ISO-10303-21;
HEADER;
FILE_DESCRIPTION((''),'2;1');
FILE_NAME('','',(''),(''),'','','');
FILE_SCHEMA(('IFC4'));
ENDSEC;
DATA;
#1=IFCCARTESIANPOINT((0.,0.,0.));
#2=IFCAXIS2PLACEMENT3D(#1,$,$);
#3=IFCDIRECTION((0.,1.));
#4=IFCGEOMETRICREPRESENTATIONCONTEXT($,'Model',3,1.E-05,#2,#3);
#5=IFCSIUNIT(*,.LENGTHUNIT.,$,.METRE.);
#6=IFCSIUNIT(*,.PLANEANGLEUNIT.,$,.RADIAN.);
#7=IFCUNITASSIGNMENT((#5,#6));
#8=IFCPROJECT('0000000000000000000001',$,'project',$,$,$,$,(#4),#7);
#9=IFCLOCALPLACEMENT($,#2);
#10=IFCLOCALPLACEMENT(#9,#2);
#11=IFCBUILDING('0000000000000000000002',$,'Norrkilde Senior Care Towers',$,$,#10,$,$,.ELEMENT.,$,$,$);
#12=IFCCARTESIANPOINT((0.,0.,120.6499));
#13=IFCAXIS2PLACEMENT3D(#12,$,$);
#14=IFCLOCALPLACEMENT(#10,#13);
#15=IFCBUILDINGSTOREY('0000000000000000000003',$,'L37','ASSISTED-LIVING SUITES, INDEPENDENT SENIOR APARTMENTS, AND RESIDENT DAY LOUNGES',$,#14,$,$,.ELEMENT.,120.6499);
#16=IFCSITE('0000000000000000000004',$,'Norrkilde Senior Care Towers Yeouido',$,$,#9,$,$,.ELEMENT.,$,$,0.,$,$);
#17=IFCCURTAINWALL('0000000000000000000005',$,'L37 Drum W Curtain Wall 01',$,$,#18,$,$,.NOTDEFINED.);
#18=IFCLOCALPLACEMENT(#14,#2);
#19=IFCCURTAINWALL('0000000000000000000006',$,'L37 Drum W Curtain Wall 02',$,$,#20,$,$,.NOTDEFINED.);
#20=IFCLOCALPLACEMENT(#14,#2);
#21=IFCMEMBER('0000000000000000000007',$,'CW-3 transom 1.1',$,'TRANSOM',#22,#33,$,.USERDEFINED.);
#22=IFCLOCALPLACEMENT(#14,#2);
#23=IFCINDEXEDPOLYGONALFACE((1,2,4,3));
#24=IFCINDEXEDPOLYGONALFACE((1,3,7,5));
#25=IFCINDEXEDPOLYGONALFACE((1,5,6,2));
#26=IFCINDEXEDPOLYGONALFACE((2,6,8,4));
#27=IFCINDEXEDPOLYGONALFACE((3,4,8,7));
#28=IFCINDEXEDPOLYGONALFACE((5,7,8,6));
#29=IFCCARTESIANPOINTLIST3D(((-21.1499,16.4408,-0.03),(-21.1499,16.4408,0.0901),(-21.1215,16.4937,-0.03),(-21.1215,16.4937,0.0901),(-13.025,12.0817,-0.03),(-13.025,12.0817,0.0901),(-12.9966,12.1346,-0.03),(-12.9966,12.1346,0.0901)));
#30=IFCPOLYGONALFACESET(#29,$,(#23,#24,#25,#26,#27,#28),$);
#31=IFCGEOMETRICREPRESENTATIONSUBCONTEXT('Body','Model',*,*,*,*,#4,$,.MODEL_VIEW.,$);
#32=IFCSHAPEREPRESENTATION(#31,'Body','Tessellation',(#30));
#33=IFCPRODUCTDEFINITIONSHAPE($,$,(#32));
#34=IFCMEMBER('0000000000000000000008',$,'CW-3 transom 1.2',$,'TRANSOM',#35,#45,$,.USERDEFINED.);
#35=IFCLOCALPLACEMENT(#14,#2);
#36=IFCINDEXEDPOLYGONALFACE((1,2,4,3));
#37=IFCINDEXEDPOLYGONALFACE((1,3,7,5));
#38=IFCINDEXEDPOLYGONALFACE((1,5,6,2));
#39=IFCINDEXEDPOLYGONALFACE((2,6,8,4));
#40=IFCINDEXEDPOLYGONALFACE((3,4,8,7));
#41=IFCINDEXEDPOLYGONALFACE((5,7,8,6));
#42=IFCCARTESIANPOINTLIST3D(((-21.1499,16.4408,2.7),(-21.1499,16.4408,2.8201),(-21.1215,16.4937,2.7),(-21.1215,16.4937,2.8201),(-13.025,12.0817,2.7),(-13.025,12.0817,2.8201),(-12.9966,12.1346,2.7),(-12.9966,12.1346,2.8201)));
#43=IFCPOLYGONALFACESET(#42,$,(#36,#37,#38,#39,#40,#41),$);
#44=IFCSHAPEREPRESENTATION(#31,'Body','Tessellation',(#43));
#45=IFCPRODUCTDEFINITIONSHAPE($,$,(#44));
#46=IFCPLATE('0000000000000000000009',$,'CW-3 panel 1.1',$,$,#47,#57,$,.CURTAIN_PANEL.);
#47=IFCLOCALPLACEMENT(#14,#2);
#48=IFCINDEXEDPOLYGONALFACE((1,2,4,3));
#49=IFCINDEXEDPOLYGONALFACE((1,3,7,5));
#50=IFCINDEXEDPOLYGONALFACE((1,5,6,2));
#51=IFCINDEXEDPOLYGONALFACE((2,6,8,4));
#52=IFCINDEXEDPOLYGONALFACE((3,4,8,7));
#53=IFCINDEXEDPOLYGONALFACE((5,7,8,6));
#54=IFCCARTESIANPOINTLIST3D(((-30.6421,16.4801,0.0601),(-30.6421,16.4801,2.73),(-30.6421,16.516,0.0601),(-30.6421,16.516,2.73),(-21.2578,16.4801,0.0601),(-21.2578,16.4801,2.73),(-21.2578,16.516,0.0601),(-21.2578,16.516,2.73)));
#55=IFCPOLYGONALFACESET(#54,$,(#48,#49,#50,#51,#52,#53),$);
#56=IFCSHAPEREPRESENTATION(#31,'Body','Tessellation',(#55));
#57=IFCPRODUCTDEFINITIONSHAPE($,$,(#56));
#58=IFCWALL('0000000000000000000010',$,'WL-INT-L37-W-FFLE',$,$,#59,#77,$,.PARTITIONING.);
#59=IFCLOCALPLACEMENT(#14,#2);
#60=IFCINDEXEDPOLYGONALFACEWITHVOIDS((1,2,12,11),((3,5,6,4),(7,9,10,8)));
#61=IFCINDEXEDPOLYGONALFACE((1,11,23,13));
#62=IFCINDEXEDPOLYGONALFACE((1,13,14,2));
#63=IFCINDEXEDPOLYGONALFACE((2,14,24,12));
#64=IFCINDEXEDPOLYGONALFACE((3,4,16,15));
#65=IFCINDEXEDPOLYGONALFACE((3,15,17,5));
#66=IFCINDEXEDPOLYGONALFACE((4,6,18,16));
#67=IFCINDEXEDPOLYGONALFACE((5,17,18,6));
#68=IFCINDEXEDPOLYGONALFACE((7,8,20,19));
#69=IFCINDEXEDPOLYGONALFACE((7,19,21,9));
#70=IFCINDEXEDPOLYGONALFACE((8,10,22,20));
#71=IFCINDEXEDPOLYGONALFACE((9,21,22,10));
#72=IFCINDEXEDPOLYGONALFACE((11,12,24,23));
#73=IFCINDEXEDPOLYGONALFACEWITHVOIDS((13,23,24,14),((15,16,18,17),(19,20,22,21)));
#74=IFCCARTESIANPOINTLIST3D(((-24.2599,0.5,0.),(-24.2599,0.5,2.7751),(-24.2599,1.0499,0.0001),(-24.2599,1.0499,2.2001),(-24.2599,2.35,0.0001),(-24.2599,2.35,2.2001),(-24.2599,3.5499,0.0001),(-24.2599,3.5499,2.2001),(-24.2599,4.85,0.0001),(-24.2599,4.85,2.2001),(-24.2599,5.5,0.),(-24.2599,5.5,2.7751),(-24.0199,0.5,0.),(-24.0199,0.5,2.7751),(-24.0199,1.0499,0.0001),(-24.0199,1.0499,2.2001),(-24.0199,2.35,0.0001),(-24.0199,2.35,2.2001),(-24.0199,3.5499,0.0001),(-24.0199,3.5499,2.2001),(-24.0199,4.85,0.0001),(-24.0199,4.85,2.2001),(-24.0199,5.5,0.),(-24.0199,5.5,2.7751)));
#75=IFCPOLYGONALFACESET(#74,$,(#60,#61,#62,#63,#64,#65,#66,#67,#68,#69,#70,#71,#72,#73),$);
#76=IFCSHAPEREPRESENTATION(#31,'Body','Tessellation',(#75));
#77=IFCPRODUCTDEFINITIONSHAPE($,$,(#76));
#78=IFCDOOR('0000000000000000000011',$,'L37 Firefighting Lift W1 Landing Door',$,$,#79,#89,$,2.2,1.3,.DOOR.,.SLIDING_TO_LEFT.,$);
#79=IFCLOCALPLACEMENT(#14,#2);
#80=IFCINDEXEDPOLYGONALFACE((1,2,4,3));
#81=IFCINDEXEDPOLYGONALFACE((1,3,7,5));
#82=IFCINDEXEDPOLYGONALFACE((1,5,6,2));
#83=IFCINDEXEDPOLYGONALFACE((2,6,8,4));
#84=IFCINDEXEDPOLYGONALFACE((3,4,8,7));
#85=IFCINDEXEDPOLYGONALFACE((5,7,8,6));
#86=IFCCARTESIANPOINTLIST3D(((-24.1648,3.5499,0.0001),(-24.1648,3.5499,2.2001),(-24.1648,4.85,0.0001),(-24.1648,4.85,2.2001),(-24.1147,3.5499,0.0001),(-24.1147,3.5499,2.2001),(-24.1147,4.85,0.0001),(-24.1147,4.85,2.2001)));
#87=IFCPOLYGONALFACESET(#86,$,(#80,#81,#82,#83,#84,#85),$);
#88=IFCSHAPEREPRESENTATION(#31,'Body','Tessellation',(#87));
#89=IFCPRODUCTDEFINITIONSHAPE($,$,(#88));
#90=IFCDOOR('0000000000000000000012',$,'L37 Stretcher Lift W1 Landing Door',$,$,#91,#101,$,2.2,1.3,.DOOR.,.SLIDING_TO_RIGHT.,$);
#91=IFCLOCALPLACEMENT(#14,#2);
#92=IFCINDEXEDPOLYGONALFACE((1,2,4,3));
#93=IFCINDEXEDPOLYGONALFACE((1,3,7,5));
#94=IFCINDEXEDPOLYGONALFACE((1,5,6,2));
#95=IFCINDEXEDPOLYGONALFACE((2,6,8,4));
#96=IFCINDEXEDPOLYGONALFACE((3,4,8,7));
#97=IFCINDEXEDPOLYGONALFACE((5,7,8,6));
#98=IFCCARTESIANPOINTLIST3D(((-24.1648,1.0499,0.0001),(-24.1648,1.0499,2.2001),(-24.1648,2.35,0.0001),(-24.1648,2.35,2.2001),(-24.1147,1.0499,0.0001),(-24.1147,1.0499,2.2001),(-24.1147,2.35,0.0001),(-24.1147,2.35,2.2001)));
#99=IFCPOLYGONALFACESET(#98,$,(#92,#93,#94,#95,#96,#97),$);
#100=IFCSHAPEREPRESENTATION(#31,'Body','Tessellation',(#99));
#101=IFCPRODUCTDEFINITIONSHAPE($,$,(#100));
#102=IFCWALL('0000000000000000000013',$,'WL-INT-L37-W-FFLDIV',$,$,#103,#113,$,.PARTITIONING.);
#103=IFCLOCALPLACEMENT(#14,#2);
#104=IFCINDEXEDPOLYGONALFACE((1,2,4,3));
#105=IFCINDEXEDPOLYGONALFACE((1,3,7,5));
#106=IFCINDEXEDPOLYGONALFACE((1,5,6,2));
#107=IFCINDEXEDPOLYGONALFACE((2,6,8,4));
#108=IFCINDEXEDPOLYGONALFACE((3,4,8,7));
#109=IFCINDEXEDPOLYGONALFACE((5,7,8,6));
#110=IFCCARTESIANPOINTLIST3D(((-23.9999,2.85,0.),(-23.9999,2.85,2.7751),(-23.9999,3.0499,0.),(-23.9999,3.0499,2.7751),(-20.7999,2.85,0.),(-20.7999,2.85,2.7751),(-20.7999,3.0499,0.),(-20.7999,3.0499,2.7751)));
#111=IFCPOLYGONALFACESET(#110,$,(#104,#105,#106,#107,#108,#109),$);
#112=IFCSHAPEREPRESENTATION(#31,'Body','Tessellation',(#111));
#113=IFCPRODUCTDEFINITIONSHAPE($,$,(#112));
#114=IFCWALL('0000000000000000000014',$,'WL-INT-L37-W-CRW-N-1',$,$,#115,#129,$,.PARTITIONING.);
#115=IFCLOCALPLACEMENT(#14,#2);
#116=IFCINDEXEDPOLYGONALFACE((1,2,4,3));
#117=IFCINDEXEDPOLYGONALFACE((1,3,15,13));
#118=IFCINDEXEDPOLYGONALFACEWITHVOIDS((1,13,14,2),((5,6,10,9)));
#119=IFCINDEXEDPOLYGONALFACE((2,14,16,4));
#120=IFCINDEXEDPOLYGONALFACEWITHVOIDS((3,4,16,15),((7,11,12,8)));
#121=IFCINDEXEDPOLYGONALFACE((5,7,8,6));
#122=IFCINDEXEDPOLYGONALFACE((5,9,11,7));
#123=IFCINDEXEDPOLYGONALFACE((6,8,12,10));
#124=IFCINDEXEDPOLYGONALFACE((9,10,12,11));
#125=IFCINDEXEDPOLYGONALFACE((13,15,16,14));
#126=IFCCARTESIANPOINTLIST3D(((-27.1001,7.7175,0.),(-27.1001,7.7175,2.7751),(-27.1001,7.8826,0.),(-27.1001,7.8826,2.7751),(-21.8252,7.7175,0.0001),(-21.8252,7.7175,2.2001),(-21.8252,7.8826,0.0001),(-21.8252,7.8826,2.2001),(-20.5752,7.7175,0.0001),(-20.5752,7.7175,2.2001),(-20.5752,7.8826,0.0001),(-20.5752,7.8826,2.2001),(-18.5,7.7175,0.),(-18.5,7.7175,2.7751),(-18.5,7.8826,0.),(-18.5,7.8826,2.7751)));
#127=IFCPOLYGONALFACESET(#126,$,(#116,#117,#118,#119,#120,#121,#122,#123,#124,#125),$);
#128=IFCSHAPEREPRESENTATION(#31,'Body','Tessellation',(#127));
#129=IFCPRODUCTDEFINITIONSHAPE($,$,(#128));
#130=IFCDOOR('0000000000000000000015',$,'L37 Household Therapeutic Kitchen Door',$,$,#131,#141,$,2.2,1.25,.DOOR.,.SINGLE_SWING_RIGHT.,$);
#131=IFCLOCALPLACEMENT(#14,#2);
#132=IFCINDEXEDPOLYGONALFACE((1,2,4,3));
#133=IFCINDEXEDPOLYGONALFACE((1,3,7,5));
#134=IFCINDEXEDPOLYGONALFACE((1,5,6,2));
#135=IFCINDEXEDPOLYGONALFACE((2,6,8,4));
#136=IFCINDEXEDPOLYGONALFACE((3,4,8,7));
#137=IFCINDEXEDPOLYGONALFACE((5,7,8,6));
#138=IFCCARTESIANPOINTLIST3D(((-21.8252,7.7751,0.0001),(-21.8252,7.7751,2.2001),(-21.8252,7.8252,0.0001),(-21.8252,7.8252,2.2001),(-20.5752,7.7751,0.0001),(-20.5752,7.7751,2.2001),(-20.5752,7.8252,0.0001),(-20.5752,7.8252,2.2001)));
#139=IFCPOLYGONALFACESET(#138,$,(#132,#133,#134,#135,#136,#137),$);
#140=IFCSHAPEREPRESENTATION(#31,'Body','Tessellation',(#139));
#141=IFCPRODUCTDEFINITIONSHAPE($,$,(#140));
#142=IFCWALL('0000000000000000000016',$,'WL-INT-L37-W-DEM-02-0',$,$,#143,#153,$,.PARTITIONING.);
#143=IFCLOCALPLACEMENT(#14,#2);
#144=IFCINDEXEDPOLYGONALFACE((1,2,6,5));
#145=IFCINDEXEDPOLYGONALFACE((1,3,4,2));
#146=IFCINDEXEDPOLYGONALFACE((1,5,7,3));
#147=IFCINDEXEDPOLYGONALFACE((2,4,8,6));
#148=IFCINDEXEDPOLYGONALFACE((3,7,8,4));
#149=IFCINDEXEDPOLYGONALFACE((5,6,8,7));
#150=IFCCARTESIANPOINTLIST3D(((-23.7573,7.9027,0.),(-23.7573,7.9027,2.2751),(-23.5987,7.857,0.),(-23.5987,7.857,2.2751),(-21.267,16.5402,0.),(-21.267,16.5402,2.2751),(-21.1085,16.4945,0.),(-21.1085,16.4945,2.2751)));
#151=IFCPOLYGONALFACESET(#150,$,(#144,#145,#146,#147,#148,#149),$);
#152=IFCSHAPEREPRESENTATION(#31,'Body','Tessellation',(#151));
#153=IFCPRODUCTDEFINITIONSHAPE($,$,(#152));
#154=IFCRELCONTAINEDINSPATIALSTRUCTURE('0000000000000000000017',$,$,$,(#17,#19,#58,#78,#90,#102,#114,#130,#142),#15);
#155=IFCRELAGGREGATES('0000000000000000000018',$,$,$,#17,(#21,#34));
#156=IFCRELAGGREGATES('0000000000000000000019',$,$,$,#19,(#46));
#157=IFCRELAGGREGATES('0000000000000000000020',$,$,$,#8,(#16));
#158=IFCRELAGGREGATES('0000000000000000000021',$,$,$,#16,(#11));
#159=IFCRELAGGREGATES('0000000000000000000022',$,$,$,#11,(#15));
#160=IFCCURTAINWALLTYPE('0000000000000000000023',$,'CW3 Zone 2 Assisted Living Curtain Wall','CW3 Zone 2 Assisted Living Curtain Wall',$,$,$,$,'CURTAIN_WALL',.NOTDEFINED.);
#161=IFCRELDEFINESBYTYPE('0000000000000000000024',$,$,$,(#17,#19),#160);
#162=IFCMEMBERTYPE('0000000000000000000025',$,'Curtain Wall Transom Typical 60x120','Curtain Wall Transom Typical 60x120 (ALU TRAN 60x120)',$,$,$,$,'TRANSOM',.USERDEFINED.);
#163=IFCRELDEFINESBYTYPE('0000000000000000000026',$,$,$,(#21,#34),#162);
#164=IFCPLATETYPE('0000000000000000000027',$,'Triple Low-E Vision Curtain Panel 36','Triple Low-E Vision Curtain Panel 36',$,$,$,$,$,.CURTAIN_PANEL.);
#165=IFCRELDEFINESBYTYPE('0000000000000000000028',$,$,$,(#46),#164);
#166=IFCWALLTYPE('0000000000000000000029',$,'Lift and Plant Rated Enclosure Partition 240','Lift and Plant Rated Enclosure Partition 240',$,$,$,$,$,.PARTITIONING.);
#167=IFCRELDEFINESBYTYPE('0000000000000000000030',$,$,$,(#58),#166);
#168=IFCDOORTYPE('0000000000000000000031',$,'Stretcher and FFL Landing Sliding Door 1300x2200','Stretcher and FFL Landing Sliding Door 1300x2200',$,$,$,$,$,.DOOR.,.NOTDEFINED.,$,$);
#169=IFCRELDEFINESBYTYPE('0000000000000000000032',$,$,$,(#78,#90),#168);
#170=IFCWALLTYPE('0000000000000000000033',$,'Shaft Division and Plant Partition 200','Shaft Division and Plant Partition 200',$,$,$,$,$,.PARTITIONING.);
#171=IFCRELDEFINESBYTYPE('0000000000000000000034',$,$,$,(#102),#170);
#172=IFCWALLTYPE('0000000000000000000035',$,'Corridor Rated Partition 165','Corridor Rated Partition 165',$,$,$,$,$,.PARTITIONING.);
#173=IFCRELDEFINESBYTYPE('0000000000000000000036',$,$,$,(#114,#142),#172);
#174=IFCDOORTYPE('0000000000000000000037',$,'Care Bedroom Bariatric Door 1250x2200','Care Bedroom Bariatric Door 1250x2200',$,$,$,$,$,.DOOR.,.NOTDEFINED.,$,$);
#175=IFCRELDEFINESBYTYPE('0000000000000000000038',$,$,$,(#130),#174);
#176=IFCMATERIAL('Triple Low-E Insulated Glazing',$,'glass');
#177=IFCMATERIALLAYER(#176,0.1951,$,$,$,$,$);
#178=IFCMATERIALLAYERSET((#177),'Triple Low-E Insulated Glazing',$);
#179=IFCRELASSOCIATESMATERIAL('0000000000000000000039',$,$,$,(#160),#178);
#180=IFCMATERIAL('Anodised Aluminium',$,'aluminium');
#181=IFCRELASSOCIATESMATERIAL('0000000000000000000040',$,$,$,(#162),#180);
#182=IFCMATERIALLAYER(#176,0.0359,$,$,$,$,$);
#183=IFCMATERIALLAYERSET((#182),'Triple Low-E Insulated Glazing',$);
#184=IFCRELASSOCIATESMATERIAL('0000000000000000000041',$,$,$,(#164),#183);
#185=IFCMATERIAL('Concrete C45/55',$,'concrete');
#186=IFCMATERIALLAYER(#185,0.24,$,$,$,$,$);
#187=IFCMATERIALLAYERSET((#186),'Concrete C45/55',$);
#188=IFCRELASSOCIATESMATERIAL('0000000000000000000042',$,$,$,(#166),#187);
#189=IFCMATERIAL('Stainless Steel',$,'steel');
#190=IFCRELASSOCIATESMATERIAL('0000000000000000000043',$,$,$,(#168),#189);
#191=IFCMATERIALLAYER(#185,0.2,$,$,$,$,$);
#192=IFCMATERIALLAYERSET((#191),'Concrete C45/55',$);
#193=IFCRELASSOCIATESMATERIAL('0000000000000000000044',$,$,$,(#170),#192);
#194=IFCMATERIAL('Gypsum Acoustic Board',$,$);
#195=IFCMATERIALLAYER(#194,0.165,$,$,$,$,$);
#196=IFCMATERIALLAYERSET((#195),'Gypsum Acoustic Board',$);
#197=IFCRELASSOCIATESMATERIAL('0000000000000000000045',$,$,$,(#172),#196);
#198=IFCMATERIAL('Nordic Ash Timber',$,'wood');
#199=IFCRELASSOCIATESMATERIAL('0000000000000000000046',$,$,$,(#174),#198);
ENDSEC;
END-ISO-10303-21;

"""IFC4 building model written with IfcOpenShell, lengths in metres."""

from ifc_helpers import new_model, si_unit, direction, frame, frame_2d, origin, origin_2d, place, context, subcontext, project, spatial, rectangle, extrude, source, transform, mapped, material, layer, layer_set, material_profile, profile_set, type_object, type_shapes, element, fill, aggregate, save


model = new_model("IFC4")

# Units and contexts
model_context = context("Model", 3, precision=1e-05, world=origin(), true_north=direction((0.0, 1.0)))
body_context = subcontext(model_context, "Body", "Model", "MODEL_VIEW")
ifc_project = project(units=[si_unit("LENGTHUNIT", "METRE"), si_unit("PLANEANGLEUNIT", "RADIAN")], contexts=[model_context])

# Site, building, storey
site_placement = place(None, origin())
site = spatial("IfcSite", under=ifc_project, at=site_placement, Name="Norrkilde Senior Care Towers Yeouido", CompositionType="ELEMENT", RefElevation=0.0)
building_placement = place(site_placement, origin())
building = spatial("IfcBuilding", under=site, at=building_placement, Name="Norrkilde Senior Care Towers", CompositionType="ELEMENT")
storey_placement = place(building_placement, frame((0.0, 0.0, 120.6499)))
storey = spatial("IfcBuildingStorey", under=building, at=storey_placement, Name="L37", Description="ASSISTED-LIVING SUITES, INDEPENDENT SENIOR APARTMENTS, AND RESIDENT DAY LOUNGES", CompositionType="ELEMENT", Elevation=120.6499)

# Curtain walls
ifc_material_1 = material(Name="Triple Low-E Insulated Glazing", Category="glass")
ifc_layer_1 = layer(ifc_material_1, 0.1951)
ifc_layer_set_1 = layer_set([ifc_layer_1], Name="Triple Low-E Insulated Glazing")
curtain_wall_type = type_object("IfcCurtainWallType", Name="CW3 Zone 2 Assisted Living Curtain Wall", Description="CW3 Zone 2 Assisted Living Curtain Wall", ElementType="CURTAIN_WALL", PredefinedType="NOTDEFINED", material=ifc_layer_set_1)
curtain_wall_1_placement = place(storey_placement, origin())
curtain_wall_1 = element("IfcCurtainWall", 1, at=curtain_wall_1_placement, inside=storey, type_object=curtain_wall_type, Name="L37 Drum W Curtain Wall 01", PredefinedType="NOTDEFINED")
ifc_material_2 = material(Name="Anodised Aluminium", Category="aluminium")
curtain_wall_2_placement = place(storey_placement, origin())
curtain_wall_2 = element("IfcCurtainWall", 2, at=curtain_wall_2_placement, inside=storey, type_object=curtain_wall_type, Name="L37 Drum W Curtain Wall 02", PredefinedType="NOTDEFINED")

# Members
ifc_material_profile_1 = material_profile(ifc_material_2, rectangle(XDim=0.0601, YDim=0.1201, at=origin_2d()), Name="ALU TRAN 60x120")
ifc_profile_set_1 = profile_set([ifc_material_profile_1], Name="Anodised Aluminium")
member_type_1 = type_object("IfcMemberType", Name="Curtain Wall Transom Typical 60x120", Description="Curtain Wall Transom Typical 60x120 (ALU TRAN 60x120)", ElementType="TRANSOM", PredefinedType="USERDEFINED", material=ifc_profile_set_1)
shared_shape_1 = source(origin(), body_context, "Body", "SweptSolid", [
    extrude(rectangle(XDim=0.0601, YDim=0.1201, at=origin_2d()), origin(), (0.0, 0.0, 1.0), 9.2205),
])
type_shapes(member_type_1, [shared_shape_1])
member_1_placement = place(storey_placement, frame((-21.1357, 16.4673, 0.03), z_axis=(0.881189, -0.472765, 0.0), x_axis=(0.472765, 0.881189, 0.0)))
member_1 = element("IfcMember", 3, at=member_1_placement, type_object=member_type_1, Name="CW-3 transom 1.1", ObjectType="TRANSOM", PredefinedType="USERDEFINED", context=body_context, shape_type="MappedRepresentation", body=[
    mapped(shared_shape_1, transform((0.0, 0.0, 0.0), x_axis=(1.0, 0.0, 0.0), y_axis=(0.0, 1.0, 0.0), z_axis=(0.0, 0.0, 1.0), scale=1.0)),
])
member_2_placement = place(storey_placement, frame((-21.1357, 16.4673, 2.76), z_axis=(0.881189, -0.472765, 0.0), x_axis=(0.472765, 0.881189, 0.0)))
member_2 = element("IfcMember", 4, at=member_2_placement, type_object=member_type_1, Name="CW-3 transom 1.2", ObjectType="TRANSOM", PredefinedType="USERDEFINED", context=body_context, shape_type="MappedRepresentation", body=[
    mapped(shared_shape_1, transform((0.0, 0.0, 0.0), x_axis=(1.0, 0.0, 0.0), y_axis=(0.0, 1.0, 0.0), z_axis=(0.0, 0.0, 1.0), scale=1.0)),
])
aggregate(curtain_wall_1, [member_1, member_2])

# Plate
ifc_layer_2 = layer(ifc_material_1, 0.0359)
ifc_layer_set_2 = layer_set([ifc_layer_2], Name="Triple Low-E Insulated Glazing")
plate_type = type_object("IfcPlateType", Name="Triple Low-E Vision Curtain Panel 36", Description="Triple Low-E Vision Curtain Panel 36", PredefinedType="CURTAIN_PANEL", material=ifc_layer_set_2)
shared_shape_2 = source(origin(), body_context, "Body", "SweptSolid", [
    extrude(rectangle(XDim=9.3843, YDim=0.0359, at=origin_2d()), origin(), (0.0, 0.0, 1.0), 2.6699),
])
type_shapes(plate_type, [shared_shape_2])
plate_placement = place(storey_placement, frame((-25.95, 16.498, 0.0601), z_axis=(0.0, 0.0, 1.0), x_axis=(1.0, 0.0, 0.0)))
plate = element("IfcPlate", 5, at=plate_placement, type_object=plate_type, Name="CW-3 panel 1.1", PredefinedType="CURTAIN_PANEL", context=body_context, shape_type="MappedRepresentation", body=[
    mapped(shared_shape_2, transform((0.0, 0.0, 0.0), x_axis=(1.0, 0.0, 0.0), y_axis=(0.0, 1.0, 0.0), z_axis=(0.0, 0.0, 1.0), scale=1.0)),
])
aggregate(curtain_wall_2, [plate])

# Wall, openings, doors
ifc_material_3 = material(Name="Concrete C45/55", Category="concrete")
ifc_layer_3 = layer(ifc_material_3, 0.24)
ifc_layer_set_3 = layer_set([ifc_layer_3], Name="Concrete C45/55")
wall_type_1 = type_object("IfcWallType", Name="Lift and Plant Rated Enclosure Partition 240", Description="Lift and Plant Rated Enclosure Partition 240", PredefinedType="PARTITIONING", material=ifc_layer_set_3)
shared_shape_3 = source(origin(), body_context, "Body", "SweptSolid", [
    extrude(rectangle(XDim=5.0, YDim=0.24, at=frame_2d((2.5, 0.0))), origin(), (0.0, 0.0, 1.0), 2.7751),
])
type_shapes(wall_type_1, [shared_shape_3])
wall_1_placement = place(storey_placement, frame((-24.1399, 0.5, 0.0), z_axis=(0.0, 0.0, 1.0), x_axis=(0.0, 1.0, 0.0)))
wall_1 = element("IfcWall", 6, at=wall_1_placement, inside=storey, type_object=wall_type_1, Name="WL-INT-L37-W-FFLE", PredefinedType="PARTITIONING", context=body_context, shape_type="MappedRepresentation", body=[
    mapped(shared_shape_3, transform((0.0, 0.0, 0.0), x_axis=(1.0, 0.0, 0.0), y_axis=(0.0, 1.0, 0.0), z_axis=(0.0, 0.0, 1.0), scale=1.0)),
])
opening_1_placement = place(wall_1_placement, frame((3.05, 0.0, 0.0)))
opening_1 = element("IfcOpeningElement", 7, at=opening_1_placement, cuts=wall_1, PredefinedType="OPENING", context=body_context, shape_type="SweptSolid", body=[
    extrude(rectangle(XDim=1.3, YDim=2.2, at=frame_2d((0.6499, 1.1001))), frame((0.0, 0.1299, 0.0), z_axis=(0.0, -1.0, 0.0), x_axis=(1.0, 0.0, 0.0)), (0.0, 0.0, 1.0), 0.26),
])
opening_2_placement = place(wall_1_placement, frame((0.55, 0.0, 0.0)))
opening_2 = element("IfcOpeningElement", 8, at=opening_2_placement, cuts=wall_1, PredefinedType="OPENING", context=body_context, shape_type="SweptSolid", body=[
    extrude(rectangle(XDim=1.3, YDim=2.2, at=frame_2d((0.6499, 1.1001))), frame((0.0, 0.1299, 0.0), z_axis=(0.0, -1.0, 0.0), x_axis=(1.0, 0.0, 0.0)), (0.0, 0.0, 1.0), 0.26),
])
ifc_material_4 = material(Name="Stainless Steel", Category="steel")
door_type_1 = type_object("IfcDoorType", Name="Stretcher and FFL Landing Sliding Door 1300x2200", Description="Stretcher and FFL Landing Sliding Door 1300x2200", OperationType="NOTDEFINED", PredefinedType="DOOR", material=ifc_material_4)
shared_shape_4 = source(origin(), body_context, "Body", "SweptSolid", [
    extrude(rectangle(XDim=1.3, YDim=2.2, at=frame_2d((0.6499, 1.1001))), frame((0.0, 0.0249, 0.0), z_axis=(0.0, -1.0, 0.0), x_axis=(1.0, 0.0, 0.0)), (0.0, 0.0, 1.0), 0.05),
])
type_shapes(door_type_1, [shared_shape_4])
door_1_placement = place(opening_1_placement, origin())
door_1 = element("IfcDoor", 9, at=door_1_placement, inside=storey, type_object=door_type_1, Name="L37 Firefighting Lift W1 Landing Door", OperationType="SLIDING_TO_LEFT", OverallHeight=2.2, OverallWidth=1.3, PredefinedType="DOOR", context=body_context, shape_type="MappedRepresentation", body=[
    mapped(shared_shape_4, transform((0.0, 0.0, 0.0), x_axis=(1.0, 0.0, 0.0), y_axis=(0.0, 1.0, 0.0), z_axis=(0.0, 0.0, 1.0), scale=1.0)),
])
fill(opening_1, door_1)
door_2_placement = place(opening_2_placement, origin())
door_2 = element("IfcDoor", 10, at=door_2_placement, inside=storey, type_object=door_type_1, Name="L37 Stretcher Lift W1 Landing Door", OperationType="SLIDING_TO_RIGHT", OverallHeight=2.2, OverallWidth=1.3, PredefinedType="DOOR", context=body_context, shape_type="MappedRepresentation", body=[
    mapped(shared_shape_4, transform((0.0, 0.0, 0.0), x_axis=(1.0, 0.0, 0.0), y_axis=(0.0, 1.0, 0.0), z_axis=(0.0, 0.0, 1.0), scale=1.0)),
])
fill(opening_2, door_2)

# Wall
ifc_layer_4 = layer(ifc_material_3, 0.2)
ifc_layer_set_4 = layer_set([ifc_layer_4], Name="Concrete C45/55")
wall_type_2 = type_object("IfcWallType", Name="Shaft Division and Plant Partition 200", Description="Shaft Division and Plant Partition 200", PredefinedType="PARTITIONING", material=ifc_layer_set_4)
shared_shape_5 = source(origin(), body_context, "Body", "SweptSolid", [
    extrude(rectangle(XDim=3.2, YDim=0.2, at=frame_2d((1.6001, 0.0))), origin(), (0.0, 0.0, 1.0), 2.7751),
])
type_shapes(wall_type_2, [shared_shape_5])
wall_2_placement = place(storey_placement, frame((-24.0, 2.95, 0.0), z_axis=(0.0, 0.0, 1.0), x_axis=(1.0, 0.0, 0.0)))
element("IfcWall", 11, at=wall_2_placement, inside=storey, type_object=wall_type_2, Name="WL-INT-L37-W-FFLDIV", PredefinedType="PARTITIONING", context=body_context, shape_type="MappedRepresentation", body=[
    mapped(shared_shape_5, transform((0.0, 0.0, 0.0), x_axis=(1.0, 0.0, 0.0), y_axis=(0.0, 1.0, 0.0), z_axis=(0.0, 0.0, 1.0), scale=1.0)),
])

# Wall, opening, door
ifc_material_5 = material(Name="Gypsum Acoustic Board")
ifc_layer_5 = layer(ifc_material_5, 0.165)
ifc_layer_set_5 = layer_set([ifc_layer_5], Name="Gypsum Acoustic Board")
wall_type_3 = type_object("IfcWallType", Name="Corridor Rated Partition 165", Description="Corridor Rated Partition 165", PredefinedType="PARTITIONING", material=ifc_layer_set_5)
shared_shape_6 = source(origin(), body_context, "Body", "SweptSolid", [
    extrude(rectangle(XDim=8.6001, YDim=0.165, at=frame_2d((4.3, 0.0))), origin(), (0.0, 0.0, 1.0), 2.7751),
])
wall_3_placement = place(storey_placement, frame((-27.1001, 7.8, 0.0), z_axis=(0.0, 0.0, 1.0), x_axis=(1.0, 0.0, 0.0)))
wall_3 = element("IfcWall", 12, at=wall_3_placement, inside=storey, type_object=wall_type_3, Name="WL-INT-L37-W-CRW-N-1", PredefinedType="PARTITIONING", context=body_context, shape_type="MappedRepresentation", body=[
    mapped(shared_shape_6, transform((0.0, 0.0, 0.0), x_axis=(1.0, 0.0, 0.0), y_axis=(0.0, 1.0, 0.0), z_axis=(0.0, 0.0, 1.0), scale=1.0)),
])
opening_3_placement = place(wall_3_placement, frame((5.2749, 0.0, 0.0)))
opening_3 = element("IfcOpeningElement", 13, at=opening_3_placement, cuts=wall_3, PredefinedType="OPENING", context=body_context, shape_type="SweptSolid", body=[
    extrude(rectangle(XDim=1.25, YDim=2.2, at=frame_2d((0.625, 1.1001))), frame((0.0, 0.0925, 0.0), z_axis=(0.0, -1.0, 0.0), x_axis=(1.0, 0.0, 0.0)), (0.0, 0.0, 1.0), 0.1851),
])
ifc_material_6 = material(Name="Nordic Ash Timber", Category="wood")
door_type_2 = type_object("IfcDoorType", Name="Care Bedroom Bariatric Door 1250x2200", Description="Care Bedroom Bariatric Door 1250x2200", OperationType="NOTDEFINED", PredefinedType="DOOR", material=ifc_material_6)
shared_shape_7 = source(origin(), body_context, "Body", "SweptSolid", [
    extrude(rectangle(XDim=1.25, YDim=2.2, at=frame_2d((0.625, 1.1001))), frame((0.0, 0.0249, 0.0), z_axis=(0.0, -1.0, 0.0), x_axis=(1.0, 0.0, 0.0)), (0.0, 0.0, 1.0), 0.05),
])
type_shapes(door_type_2, [shared_shape_7])
door_3_placement = place(opening_3_placement, frame((1.25, 0.0, 0.0), z_axis=(0.0, 0.0, 1.0), x_axis=(-1.0, 0.0, 0.0)))
door_3 = element("IfcDoor", 14, at=door_3_placement, inside=storey, type_object=door_type_2, Name="L37 Household Therapeutic Kitchen Door", OperationType="SINGLE_SWING_RIGHT", OverallHeight=2.2, OverallWidth=1.25, PredefinedType="DOOR", context=body_context, shape_type="MappedRepresentation", body=[
    mapped(shared_shape_7, transform((0.0, 0.0, 0.0), x_axis=(1.0, 0.0, 0.0), y_axis=(0.0, 1.0, 0.0), z_axis=(0.0, 0.0, 1.0), scale=1.0)),
])
fill(opening_3, door_3)

# Wall
shared_shape_8 = source(origin(), body_context, "Body", "SweptSolid", [
    extrude(rectangle(XDim=8.9893, YDim=0.165, at=frame_2d((4.4946, 0.0))), origin(), (0.0, 0.0, 1.0), 2.2751),
])
wall_4_placement = place(storey_placement, frame((-23.678, 7.8799, 0.0), z_axis=(0.0, 0.0, 1.0), x_axis=(0.277023, 0.960863, 0.0)))
element("IfcWall", 15, at=wall_4_placement, inside=storey, type_object=wall_type_3, Name="WL-INT-L37-W-DEM-02-0", PredefinedType="PARTITIONING", context=body_context, shape_type="MappedRepresentation", body=[
    mapped(shared_shape_8, transform((0.0, 0.0, 0.0), x_axis=(1.0, 0.0, 0.0), y_axis=(0.0, 1.0, 0.0), z_axis=(0.0, 0.0, 1.0), scale=1.0)),
])

save(model, "model.ifc")
